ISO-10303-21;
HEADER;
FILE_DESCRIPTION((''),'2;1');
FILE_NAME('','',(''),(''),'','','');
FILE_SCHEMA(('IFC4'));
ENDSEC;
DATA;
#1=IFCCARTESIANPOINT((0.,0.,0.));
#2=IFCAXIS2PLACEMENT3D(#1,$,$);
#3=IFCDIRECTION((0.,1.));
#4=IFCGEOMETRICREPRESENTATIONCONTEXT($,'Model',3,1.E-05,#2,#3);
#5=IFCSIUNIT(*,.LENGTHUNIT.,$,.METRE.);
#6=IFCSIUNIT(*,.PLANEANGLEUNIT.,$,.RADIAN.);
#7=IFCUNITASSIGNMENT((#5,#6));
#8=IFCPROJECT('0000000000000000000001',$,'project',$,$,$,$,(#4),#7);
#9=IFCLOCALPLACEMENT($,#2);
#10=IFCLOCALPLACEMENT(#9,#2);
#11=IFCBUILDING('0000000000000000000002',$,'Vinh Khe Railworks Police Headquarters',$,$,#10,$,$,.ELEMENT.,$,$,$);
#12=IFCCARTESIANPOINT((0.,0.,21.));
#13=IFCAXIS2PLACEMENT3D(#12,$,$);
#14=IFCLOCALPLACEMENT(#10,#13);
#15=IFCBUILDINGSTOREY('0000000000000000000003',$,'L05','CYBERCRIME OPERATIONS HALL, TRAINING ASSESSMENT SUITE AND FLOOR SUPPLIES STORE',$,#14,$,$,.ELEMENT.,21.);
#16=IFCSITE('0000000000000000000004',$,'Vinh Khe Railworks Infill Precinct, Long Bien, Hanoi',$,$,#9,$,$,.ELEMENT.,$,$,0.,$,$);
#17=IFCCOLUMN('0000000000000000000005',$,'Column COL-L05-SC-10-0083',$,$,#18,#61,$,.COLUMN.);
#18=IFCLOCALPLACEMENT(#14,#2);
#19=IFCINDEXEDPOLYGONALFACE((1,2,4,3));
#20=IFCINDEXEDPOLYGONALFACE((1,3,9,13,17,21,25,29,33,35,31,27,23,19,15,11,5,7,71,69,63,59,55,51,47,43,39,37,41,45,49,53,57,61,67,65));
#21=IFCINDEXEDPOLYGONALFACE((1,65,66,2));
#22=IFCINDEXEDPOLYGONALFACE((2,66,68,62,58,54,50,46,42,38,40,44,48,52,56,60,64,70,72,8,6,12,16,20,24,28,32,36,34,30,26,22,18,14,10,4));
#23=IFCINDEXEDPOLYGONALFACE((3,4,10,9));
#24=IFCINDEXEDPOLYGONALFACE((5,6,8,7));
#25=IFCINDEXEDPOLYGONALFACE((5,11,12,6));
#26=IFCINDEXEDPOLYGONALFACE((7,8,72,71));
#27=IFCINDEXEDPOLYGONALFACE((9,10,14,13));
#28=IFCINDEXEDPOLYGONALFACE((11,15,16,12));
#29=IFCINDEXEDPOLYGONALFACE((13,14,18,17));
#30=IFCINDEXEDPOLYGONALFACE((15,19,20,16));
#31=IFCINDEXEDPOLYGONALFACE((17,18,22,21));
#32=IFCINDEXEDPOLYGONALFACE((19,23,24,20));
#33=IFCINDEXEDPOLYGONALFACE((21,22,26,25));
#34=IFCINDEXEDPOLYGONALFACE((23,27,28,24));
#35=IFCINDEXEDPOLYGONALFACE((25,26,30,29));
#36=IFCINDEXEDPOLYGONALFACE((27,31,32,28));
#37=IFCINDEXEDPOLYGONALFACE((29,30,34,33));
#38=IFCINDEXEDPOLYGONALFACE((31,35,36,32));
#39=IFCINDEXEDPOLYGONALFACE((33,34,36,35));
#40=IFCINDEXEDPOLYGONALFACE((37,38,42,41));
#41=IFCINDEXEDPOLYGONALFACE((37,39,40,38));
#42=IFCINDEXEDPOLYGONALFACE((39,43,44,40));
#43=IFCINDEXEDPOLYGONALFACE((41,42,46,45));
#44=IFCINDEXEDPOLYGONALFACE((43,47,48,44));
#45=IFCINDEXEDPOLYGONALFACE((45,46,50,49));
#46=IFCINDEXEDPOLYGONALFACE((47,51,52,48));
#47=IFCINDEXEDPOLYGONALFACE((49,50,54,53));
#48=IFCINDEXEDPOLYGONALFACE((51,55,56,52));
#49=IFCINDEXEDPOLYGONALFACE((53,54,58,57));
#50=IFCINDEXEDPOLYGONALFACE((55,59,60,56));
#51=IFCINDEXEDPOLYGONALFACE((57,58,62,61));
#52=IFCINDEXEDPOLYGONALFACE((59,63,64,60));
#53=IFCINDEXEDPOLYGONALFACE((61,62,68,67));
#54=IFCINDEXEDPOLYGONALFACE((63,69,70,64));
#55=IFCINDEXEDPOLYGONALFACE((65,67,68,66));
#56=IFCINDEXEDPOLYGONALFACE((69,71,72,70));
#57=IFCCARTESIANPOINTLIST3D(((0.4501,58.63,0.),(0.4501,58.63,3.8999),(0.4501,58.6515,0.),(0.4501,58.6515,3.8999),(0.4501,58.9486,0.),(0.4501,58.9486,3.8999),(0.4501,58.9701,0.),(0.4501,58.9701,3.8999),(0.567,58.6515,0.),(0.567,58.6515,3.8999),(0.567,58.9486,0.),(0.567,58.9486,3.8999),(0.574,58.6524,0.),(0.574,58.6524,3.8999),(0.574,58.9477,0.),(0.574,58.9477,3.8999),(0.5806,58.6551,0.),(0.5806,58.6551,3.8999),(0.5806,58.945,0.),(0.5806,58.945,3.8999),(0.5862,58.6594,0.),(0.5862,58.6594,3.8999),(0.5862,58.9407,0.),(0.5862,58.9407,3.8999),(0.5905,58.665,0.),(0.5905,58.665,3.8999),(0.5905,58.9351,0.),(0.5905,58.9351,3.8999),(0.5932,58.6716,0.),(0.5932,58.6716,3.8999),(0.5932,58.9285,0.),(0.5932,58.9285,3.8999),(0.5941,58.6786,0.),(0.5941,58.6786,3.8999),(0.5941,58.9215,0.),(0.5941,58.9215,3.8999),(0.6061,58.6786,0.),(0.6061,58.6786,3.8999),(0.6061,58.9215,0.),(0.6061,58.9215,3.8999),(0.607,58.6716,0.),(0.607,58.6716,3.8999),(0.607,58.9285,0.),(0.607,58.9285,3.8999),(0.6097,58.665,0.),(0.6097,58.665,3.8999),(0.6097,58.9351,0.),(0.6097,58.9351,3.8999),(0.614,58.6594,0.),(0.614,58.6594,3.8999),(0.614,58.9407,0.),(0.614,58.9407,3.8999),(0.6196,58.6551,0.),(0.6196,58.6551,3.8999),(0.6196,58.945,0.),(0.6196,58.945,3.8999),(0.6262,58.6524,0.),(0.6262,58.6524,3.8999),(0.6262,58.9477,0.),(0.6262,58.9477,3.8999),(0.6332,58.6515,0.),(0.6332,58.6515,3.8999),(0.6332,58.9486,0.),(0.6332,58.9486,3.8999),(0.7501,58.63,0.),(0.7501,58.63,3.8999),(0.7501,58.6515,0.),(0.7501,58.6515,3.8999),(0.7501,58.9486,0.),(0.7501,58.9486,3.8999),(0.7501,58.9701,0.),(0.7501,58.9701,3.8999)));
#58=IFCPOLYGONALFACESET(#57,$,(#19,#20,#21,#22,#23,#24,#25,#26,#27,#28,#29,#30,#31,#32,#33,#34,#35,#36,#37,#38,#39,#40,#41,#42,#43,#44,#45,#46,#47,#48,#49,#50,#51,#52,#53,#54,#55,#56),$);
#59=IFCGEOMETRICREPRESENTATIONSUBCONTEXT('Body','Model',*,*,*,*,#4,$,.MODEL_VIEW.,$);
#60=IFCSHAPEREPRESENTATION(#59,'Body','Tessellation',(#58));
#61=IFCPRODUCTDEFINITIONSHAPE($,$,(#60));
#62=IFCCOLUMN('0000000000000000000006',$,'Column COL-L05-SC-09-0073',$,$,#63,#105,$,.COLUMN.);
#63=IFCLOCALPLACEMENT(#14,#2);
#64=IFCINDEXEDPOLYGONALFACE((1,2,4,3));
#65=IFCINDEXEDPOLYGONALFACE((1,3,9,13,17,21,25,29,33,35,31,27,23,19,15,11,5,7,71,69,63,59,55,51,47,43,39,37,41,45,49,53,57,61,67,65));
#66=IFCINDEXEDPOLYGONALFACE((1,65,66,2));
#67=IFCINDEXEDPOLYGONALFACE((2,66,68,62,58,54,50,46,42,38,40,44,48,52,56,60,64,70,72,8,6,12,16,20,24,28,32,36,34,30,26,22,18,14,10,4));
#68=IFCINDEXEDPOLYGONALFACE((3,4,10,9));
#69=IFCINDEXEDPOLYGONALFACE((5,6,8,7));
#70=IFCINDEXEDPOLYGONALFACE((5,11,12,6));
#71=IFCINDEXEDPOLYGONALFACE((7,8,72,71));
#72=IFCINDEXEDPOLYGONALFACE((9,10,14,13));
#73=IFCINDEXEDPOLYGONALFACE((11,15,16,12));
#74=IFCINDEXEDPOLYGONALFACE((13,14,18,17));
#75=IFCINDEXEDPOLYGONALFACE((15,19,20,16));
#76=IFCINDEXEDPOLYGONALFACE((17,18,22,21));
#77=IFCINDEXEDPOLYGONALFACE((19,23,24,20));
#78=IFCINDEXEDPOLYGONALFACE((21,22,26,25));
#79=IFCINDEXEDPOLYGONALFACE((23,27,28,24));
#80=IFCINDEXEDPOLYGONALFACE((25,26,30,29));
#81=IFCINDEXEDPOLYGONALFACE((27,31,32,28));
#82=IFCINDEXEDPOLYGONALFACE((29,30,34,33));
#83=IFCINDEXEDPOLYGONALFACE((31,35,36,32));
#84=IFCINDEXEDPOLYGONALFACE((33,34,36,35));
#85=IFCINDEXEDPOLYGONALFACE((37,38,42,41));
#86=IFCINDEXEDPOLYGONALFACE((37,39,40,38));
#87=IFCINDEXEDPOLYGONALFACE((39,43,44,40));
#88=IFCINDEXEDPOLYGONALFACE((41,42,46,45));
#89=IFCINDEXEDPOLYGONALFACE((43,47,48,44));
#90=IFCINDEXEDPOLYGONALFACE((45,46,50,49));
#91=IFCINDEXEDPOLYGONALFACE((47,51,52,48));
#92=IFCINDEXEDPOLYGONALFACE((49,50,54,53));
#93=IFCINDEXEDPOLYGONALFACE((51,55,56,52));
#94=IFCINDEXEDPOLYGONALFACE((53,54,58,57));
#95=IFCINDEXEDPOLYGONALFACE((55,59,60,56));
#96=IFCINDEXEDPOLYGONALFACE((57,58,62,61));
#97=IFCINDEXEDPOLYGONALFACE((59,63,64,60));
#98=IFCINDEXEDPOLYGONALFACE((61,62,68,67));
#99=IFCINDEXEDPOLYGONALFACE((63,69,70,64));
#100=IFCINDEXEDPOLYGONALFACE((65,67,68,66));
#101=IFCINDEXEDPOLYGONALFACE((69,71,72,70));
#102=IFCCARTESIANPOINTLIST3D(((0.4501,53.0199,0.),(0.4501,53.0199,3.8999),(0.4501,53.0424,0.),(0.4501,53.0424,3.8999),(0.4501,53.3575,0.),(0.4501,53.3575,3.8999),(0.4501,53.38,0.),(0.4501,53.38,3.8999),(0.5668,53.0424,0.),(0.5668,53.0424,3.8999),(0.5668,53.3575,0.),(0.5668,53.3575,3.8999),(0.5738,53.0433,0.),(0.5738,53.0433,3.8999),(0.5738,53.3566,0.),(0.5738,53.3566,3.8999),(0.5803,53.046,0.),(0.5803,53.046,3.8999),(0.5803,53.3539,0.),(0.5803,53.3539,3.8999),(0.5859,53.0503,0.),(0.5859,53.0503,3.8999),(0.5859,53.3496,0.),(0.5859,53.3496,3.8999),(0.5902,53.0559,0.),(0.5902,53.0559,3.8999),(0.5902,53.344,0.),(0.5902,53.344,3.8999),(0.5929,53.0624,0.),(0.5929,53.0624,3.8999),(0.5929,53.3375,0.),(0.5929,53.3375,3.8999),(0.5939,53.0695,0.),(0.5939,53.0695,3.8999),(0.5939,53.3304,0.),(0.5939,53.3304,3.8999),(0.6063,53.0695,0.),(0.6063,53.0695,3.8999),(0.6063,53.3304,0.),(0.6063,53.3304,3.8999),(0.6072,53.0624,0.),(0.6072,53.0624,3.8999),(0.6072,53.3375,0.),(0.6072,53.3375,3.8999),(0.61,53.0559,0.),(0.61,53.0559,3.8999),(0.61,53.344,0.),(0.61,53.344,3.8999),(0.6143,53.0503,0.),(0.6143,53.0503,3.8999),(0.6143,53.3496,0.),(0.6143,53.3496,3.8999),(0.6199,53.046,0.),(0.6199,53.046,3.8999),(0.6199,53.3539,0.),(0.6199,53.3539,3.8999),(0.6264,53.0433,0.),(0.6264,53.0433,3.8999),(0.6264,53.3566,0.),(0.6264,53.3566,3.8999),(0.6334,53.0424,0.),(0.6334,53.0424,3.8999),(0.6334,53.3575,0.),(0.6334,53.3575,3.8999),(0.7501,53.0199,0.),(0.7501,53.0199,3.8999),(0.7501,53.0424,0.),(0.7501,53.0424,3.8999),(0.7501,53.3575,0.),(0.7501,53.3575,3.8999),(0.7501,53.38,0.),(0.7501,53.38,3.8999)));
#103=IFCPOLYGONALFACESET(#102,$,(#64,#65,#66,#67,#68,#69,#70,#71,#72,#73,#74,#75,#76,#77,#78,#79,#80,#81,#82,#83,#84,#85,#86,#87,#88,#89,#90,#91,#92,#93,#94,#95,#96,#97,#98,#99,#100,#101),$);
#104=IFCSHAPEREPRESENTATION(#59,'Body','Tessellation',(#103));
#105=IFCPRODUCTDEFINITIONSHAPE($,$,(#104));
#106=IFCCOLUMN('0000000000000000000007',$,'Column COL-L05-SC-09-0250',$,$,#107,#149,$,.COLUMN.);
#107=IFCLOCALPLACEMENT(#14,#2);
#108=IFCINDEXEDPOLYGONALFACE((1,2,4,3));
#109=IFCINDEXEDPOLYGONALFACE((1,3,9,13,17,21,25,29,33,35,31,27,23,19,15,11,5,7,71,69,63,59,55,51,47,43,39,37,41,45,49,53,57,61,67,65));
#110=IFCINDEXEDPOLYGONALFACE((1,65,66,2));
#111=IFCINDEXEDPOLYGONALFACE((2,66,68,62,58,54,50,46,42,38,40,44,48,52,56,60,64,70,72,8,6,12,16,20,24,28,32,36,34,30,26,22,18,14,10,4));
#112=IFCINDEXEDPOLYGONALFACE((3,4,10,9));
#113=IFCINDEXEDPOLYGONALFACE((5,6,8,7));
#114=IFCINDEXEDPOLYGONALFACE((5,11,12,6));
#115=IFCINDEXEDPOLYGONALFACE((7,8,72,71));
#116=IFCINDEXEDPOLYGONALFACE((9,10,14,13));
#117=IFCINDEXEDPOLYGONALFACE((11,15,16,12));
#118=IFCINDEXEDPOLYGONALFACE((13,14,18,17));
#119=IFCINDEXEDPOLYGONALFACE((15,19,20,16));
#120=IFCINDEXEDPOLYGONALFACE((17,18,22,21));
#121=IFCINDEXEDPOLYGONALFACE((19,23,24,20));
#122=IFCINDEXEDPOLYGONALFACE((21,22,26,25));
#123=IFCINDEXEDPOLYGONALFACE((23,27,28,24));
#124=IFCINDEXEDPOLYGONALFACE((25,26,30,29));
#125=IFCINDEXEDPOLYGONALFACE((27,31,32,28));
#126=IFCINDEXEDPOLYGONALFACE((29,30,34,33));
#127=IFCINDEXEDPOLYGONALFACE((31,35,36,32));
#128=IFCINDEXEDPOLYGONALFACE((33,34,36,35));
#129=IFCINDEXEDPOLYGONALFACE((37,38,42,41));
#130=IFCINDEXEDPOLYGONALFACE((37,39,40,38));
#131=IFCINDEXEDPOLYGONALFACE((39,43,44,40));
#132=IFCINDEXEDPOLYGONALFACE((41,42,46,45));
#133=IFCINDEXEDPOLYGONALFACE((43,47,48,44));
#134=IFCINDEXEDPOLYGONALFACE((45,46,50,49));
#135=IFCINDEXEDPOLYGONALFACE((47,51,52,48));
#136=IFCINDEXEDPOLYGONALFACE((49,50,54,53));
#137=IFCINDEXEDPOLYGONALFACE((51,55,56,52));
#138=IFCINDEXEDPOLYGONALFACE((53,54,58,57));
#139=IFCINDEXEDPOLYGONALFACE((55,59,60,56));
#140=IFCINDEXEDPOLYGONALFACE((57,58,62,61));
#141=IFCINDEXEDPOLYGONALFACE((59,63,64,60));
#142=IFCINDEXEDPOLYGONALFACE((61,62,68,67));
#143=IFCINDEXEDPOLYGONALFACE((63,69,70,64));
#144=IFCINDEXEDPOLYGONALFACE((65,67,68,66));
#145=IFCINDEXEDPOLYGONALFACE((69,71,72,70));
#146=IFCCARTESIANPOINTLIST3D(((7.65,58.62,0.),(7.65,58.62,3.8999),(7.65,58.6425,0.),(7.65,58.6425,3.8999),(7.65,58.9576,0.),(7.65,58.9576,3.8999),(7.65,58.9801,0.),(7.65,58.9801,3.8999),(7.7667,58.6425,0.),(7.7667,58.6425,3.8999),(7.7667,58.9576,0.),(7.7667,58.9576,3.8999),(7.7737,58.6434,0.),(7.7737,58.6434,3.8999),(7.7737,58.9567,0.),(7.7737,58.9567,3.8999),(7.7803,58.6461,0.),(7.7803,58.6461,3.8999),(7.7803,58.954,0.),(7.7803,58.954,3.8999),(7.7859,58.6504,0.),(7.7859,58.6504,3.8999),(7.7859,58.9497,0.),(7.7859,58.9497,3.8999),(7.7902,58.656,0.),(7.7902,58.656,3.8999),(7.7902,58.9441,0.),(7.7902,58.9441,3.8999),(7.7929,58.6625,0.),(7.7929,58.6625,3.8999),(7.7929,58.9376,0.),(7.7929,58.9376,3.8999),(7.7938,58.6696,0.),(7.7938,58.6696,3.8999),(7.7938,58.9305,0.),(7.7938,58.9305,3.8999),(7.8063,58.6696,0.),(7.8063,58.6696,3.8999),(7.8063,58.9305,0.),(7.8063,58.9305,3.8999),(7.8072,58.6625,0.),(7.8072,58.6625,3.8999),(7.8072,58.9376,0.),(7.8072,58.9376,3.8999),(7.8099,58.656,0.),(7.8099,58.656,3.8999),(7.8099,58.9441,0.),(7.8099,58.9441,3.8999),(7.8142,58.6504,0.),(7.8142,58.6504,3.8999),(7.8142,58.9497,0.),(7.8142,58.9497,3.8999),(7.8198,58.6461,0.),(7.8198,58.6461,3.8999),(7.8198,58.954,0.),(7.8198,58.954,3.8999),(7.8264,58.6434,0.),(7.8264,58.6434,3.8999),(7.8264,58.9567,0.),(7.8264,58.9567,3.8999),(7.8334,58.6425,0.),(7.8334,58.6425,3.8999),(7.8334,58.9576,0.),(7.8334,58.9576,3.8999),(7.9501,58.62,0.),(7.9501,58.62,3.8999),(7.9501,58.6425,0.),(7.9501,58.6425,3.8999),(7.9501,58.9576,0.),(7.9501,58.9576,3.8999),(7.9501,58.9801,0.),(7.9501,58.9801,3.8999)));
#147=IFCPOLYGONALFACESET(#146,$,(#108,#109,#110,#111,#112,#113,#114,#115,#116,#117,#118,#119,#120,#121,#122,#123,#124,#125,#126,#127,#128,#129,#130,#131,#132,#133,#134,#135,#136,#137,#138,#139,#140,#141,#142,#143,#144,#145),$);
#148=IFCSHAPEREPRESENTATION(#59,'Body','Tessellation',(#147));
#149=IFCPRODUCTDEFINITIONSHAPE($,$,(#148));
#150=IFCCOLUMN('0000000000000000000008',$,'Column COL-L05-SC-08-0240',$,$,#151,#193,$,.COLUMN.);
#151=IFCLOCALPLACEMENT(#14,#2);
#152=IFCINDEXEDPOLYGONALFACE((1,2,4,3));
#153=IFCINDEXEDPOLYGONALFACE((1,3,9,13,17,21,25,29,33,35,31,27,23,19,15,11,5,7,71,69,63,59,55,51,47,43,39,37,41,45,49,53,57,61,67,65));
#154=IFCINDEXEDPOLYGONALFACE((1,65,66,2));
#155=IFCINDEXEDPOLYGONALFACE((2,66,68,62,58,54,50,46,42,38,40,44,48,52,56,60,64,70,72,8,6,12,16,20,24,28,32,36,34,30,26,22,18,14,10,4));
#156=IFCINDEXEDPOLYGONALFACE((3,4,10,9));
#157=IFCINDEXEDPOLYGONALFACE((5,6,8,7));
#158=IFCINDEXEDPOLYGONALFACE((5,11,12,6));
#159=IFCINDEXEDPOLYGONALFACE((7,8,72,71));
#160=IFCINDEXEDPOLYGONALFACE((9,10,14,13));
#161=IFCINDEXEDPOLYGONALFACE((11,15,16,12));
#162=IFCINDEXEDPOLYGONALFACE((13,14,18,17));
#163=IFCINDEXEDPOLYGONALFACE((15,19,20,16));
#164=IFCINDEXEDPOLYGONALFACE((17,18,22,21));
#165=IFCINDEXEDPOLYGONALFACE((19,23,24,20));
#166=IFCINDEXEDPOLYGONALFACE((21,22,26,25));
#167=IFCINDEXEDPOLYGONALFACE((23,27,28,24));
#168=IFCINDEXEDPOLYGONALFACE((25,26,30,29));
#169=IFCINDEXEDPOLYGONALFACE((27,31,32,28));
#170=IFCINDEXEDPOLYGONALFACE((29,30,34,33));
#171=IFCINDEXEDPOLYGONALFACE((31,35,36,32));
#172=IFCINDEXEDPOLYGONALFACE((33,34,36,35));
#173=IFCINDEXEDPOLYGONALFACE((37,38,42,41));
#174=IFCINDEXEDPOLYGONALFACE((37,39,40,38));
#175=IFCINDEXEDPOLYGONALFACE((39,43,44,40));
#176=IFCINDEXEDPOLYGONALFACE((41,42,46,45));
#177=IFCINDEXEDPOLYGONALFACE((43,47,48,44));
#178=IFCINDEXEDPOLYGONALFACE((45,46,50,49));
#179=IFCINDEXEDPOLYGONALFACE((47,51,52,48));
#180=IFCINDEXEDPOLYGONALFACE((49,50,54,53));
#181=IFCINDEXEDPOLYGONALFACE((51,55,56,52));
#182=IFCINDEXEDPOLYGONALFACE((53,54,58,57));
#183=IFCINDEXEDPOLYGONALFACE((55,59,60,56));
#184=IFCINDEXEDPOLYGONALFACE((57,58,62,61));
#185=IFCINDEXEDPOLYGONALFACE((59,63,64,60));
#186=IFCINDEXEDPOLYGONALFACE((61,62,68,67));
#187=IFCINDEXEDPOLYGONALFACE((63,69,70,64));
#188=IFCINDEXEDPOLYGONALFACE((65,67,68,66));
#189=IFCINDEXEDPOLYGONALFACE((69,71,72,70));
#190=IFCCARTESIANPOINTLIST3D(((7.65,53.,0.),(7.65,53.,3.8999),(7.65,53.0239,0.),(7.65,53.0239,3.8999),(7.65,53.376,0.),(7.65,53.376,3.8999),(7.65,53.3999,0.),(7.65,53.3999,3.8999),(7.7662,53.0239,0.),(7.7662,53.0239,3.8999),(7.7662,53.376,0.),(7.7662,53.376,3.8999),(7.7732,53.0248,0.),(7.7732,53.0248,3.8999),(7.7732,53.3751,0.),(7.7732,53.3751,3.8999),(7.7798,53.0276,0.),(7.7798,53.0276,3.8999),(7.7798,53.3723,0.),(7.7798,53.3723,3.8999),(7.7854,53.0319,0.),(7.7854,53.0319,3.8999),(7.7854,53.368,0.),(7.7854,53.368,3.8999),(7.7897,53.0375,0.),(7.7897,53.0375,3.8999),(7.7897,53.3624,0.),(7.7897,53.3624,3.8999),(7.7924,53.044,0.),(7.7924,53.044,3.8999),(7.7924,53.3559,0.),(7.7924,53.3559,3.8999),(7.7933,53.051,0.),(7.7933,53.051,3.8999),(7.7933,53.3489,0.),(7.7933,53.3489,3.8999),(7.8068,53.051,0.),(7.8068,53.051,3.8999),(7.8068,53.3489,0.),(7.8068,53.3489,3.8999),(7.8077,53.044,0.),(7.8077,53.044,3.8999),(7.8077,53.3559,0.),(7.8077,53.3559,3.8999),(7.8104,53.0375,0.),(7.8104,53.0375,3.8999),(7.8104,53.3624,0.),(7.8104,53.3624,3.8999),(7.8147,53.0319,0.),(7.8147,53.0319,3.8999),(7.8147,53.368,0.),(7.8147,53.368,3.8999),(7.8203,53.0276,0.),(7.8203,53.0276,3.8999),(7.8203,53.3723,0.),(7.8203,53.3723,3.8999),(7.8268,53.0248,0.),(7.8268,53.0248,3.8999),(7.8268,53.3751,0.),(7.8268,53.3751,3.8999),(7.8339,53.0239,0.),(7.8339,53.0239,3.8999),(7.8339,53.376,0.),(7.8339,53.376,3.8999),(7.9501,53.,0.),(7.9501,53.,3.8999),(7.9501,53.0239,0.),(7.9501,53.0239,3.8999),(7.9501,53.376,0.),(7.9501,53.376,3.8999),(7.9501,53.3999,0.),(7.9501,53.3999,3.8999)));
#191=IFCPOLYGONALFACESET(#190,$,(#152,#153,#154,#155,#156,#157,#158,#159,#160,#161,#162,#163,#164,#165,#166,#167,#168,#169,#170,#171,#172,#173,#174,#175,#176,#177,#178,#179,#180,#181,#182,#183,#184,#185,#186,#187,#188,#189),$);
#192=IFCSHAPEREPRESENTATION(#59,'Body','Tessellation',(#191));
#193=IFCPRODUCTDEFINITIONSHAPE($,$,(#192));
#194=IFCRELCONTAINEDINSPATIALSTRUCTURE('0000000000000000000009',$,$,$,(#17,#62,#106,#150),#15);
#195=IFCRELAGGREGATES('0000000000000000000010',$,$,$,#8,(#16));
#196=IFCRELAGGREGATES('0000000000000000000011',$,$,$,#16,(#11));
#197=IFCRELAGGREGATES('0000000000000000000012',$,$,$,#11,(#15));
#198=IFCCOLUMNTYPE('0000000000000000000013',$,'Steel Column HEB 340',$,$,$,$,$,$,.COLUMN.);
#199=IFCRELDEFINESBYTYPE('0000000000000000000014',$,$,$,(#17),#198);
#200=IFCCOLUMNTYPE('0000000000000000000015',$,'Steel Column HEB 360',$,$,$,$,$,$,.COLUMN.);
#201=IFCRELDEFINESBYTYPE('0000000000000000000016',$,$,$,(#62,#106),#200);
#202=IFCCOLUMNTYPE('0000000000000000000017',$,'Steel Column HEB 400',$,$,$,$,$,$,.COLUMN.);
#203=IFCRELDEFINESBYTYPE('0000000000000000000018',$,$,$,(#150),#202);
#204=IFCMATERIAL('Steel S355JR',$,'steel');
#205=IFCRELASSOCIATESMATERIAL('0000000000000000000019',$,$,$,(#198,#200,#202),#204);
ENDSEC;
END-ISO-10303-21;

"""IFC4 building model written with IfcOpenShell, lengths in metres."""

from ifc_helpers import new_model, si_unit, direction, frame, origin, origin_2d, place, context, subcontext, project, spatial, i_section, extrude, material, material_profile, profile_set, type_object, element, save


model = new_model("IFC4")

# Units and contexts
model_context = context("Model", 3, precision=1e-05, world=origin(), true_north=direction((0.0, 1.0)))
body_context = subcontext(model_context, "Body", "Model", "MODEL_VIEW")
ifc_project = project(units=[si_unit("LENGTHUNIT", "METRE"), si_unit("PLANEANGLEUNIT", "RADIAN")], contexts=[model_context])

# Site, building, storey
site_placement = place(None, origin())
site = spatial("IfcSite", under=ifc_project, at=site_placement, Name="Vinh Khe Railworks Infill Precinct, Long Bien, Hanoi", CompositionType="ELEMENT", RefElevation=0.0)
building_placement = place(site_placement, origin())
building = spatial("IfcBuilding", under=site, at=building_placement, Name="Vinh Khe Railworks Police Headquarters", CompositionType="ELEMENT")
storey_placement = place(building_placement, frame((0.0, 0.0, 21.0)))
storey = spatial("IfcBuildingStorey", under=building, at=storey_placement, Name="L05", Description="CYBERCRIME OPERATIONS HALL, TRAINING ASSESSMENT SUITE AND FLOOR SUPPLIES STORE", CompositionType="ELEMENT", Elevation=21.0)

# Columns
ifc_material_1 = material(Name="Steel S355JR", Category="steel")
ifc_material_profile_1 = material_profile(ifc_material_1, i_section(OverallWidth=0.3, OverallDepth=0.3401, WebThickness=0.012, FlangeThickness=0.0215, FilletRadius=0.0271, at=origin_2d()), Name="HEB 340")
ifc_profile_set_1 = profile_set([ifc_material_profile_1], Name="Steel S355JR")
column_type_1 = type_object("IfcColumnType", Name="Steel Column HEB 340", PredefinedType="COLUMN", material=ifc_profile_set_1)
column_1_placement = place(storey_placement, frame((0.6001, 58.8, 0.0), z_axis=(0.0, 0.0, 1.0), x_axis=(1.0, 0.0, 0.0)))
element("IfcColumn", 1, at=column_1_placement, inside=storey, type_object=column_type_1, Name="Column COL-L05-SC-10-0083", PredefinedType="COLUMN", context=body_context, shape_type="SweptSolid", body=[
    extrude(i_section(OverallWidth=0.3, OverallDepth=0.3401, WebThickness=0.012, FlangeThickness=0.0215, FilletRadius=0.0271, at=origin_2d()), origin(), (0.0, 0.0, 1.0), 3.8999),
])
ifc_material_profile_2 = material_profile(ifc_material_1, i_section(OverallWidth=0.3, OverallDepth=0.3601, WebThickness=0.0125, FlangeThickness=0.0225, FilletRadius=0.0271, at=origin_2d()), Name="HEB 360")
ifc_profile_set_2 = profile_set([ifc_material_profile_2], Name="Steel S355JR")
column_type_2 = type_object("IfcColumnType", Name="Steel Column HEB 360", PredefinedType="COLUMN", material=ifc_profile_set_2)
for number, where, z_axis, x_axis, name in (
    (2, (0.6001, 53.2, 0.0), (0.0, 0.0, 1.0), (1.0, 0.0, 0.0), "Column COL-L05-SC-09-0073"),
    (3, (7.8, 58.8, 0.0), (0.0, 0.0, 1.0), (1.0, 0.0, 0.0), "Column COL-L05-SC-09-0250"),
):
    element("IfcColumn", number, at=place(storey_placement, frame(where, z_axis=z_axis, x_axis=x_axis)), inside=storey, type_object=column_type_2, Name=name, PredefinedType="COLUMN", context=body_context, shape_type="SweptSolid", body=[
        extrude(i_section(OverallWidth=0.3, OverallDepth=0.3601, WebThickness=0.0125, FlangeThickness=0.0225, FilletRadius=0.0271, at=origin_2d()), origin(), (0.0, 0.0, 1.0), 3.8999),
    ])
ifc_material_profile_3 = material_profile(ifc_material_1, i_section(OverallWidth=0.3, OverallDepth=0.3999, WebThickness=0.0134, FlangeThickness=0.0239, FilletRadius=0.0271, at=origin_2d()), Name="HEB 400")
ifc_profile_set_3 = profile_set([ifc_material_profile_3], Name="Steel S355JR")
column_type_3 = type_object("IfcColumnType", Name="Steel Column HEB 400", PredefinedType="COLUMN", material=ifc_profile_set_3)
column_2_placement = place(storey_placement, frame((7.8, 53.2, 0.0), z_axis=(0.0, 0.0, 1.0), x_axis=(1.0, 0.0, 0.0)))
element("IfcColumn", 4, at=column_2_placement, inside=storey, type_object=column_type_3, Name="Column COL-L05-SC-08-0240", PredefinedType="COLUMN", context=body_context, shape_type="SweptSolid", body=[
    extrude(i_section(OverallWidth=0.3, OverallDepth=0.3999, WebThickness=0.0134, FlangeThickness=0.0239, FilletRadius=0.0271, at=origin_2d()), origin(), (0.0, 0.0, 1.0), 3.8999),
])

save(model, "model.ifc")
